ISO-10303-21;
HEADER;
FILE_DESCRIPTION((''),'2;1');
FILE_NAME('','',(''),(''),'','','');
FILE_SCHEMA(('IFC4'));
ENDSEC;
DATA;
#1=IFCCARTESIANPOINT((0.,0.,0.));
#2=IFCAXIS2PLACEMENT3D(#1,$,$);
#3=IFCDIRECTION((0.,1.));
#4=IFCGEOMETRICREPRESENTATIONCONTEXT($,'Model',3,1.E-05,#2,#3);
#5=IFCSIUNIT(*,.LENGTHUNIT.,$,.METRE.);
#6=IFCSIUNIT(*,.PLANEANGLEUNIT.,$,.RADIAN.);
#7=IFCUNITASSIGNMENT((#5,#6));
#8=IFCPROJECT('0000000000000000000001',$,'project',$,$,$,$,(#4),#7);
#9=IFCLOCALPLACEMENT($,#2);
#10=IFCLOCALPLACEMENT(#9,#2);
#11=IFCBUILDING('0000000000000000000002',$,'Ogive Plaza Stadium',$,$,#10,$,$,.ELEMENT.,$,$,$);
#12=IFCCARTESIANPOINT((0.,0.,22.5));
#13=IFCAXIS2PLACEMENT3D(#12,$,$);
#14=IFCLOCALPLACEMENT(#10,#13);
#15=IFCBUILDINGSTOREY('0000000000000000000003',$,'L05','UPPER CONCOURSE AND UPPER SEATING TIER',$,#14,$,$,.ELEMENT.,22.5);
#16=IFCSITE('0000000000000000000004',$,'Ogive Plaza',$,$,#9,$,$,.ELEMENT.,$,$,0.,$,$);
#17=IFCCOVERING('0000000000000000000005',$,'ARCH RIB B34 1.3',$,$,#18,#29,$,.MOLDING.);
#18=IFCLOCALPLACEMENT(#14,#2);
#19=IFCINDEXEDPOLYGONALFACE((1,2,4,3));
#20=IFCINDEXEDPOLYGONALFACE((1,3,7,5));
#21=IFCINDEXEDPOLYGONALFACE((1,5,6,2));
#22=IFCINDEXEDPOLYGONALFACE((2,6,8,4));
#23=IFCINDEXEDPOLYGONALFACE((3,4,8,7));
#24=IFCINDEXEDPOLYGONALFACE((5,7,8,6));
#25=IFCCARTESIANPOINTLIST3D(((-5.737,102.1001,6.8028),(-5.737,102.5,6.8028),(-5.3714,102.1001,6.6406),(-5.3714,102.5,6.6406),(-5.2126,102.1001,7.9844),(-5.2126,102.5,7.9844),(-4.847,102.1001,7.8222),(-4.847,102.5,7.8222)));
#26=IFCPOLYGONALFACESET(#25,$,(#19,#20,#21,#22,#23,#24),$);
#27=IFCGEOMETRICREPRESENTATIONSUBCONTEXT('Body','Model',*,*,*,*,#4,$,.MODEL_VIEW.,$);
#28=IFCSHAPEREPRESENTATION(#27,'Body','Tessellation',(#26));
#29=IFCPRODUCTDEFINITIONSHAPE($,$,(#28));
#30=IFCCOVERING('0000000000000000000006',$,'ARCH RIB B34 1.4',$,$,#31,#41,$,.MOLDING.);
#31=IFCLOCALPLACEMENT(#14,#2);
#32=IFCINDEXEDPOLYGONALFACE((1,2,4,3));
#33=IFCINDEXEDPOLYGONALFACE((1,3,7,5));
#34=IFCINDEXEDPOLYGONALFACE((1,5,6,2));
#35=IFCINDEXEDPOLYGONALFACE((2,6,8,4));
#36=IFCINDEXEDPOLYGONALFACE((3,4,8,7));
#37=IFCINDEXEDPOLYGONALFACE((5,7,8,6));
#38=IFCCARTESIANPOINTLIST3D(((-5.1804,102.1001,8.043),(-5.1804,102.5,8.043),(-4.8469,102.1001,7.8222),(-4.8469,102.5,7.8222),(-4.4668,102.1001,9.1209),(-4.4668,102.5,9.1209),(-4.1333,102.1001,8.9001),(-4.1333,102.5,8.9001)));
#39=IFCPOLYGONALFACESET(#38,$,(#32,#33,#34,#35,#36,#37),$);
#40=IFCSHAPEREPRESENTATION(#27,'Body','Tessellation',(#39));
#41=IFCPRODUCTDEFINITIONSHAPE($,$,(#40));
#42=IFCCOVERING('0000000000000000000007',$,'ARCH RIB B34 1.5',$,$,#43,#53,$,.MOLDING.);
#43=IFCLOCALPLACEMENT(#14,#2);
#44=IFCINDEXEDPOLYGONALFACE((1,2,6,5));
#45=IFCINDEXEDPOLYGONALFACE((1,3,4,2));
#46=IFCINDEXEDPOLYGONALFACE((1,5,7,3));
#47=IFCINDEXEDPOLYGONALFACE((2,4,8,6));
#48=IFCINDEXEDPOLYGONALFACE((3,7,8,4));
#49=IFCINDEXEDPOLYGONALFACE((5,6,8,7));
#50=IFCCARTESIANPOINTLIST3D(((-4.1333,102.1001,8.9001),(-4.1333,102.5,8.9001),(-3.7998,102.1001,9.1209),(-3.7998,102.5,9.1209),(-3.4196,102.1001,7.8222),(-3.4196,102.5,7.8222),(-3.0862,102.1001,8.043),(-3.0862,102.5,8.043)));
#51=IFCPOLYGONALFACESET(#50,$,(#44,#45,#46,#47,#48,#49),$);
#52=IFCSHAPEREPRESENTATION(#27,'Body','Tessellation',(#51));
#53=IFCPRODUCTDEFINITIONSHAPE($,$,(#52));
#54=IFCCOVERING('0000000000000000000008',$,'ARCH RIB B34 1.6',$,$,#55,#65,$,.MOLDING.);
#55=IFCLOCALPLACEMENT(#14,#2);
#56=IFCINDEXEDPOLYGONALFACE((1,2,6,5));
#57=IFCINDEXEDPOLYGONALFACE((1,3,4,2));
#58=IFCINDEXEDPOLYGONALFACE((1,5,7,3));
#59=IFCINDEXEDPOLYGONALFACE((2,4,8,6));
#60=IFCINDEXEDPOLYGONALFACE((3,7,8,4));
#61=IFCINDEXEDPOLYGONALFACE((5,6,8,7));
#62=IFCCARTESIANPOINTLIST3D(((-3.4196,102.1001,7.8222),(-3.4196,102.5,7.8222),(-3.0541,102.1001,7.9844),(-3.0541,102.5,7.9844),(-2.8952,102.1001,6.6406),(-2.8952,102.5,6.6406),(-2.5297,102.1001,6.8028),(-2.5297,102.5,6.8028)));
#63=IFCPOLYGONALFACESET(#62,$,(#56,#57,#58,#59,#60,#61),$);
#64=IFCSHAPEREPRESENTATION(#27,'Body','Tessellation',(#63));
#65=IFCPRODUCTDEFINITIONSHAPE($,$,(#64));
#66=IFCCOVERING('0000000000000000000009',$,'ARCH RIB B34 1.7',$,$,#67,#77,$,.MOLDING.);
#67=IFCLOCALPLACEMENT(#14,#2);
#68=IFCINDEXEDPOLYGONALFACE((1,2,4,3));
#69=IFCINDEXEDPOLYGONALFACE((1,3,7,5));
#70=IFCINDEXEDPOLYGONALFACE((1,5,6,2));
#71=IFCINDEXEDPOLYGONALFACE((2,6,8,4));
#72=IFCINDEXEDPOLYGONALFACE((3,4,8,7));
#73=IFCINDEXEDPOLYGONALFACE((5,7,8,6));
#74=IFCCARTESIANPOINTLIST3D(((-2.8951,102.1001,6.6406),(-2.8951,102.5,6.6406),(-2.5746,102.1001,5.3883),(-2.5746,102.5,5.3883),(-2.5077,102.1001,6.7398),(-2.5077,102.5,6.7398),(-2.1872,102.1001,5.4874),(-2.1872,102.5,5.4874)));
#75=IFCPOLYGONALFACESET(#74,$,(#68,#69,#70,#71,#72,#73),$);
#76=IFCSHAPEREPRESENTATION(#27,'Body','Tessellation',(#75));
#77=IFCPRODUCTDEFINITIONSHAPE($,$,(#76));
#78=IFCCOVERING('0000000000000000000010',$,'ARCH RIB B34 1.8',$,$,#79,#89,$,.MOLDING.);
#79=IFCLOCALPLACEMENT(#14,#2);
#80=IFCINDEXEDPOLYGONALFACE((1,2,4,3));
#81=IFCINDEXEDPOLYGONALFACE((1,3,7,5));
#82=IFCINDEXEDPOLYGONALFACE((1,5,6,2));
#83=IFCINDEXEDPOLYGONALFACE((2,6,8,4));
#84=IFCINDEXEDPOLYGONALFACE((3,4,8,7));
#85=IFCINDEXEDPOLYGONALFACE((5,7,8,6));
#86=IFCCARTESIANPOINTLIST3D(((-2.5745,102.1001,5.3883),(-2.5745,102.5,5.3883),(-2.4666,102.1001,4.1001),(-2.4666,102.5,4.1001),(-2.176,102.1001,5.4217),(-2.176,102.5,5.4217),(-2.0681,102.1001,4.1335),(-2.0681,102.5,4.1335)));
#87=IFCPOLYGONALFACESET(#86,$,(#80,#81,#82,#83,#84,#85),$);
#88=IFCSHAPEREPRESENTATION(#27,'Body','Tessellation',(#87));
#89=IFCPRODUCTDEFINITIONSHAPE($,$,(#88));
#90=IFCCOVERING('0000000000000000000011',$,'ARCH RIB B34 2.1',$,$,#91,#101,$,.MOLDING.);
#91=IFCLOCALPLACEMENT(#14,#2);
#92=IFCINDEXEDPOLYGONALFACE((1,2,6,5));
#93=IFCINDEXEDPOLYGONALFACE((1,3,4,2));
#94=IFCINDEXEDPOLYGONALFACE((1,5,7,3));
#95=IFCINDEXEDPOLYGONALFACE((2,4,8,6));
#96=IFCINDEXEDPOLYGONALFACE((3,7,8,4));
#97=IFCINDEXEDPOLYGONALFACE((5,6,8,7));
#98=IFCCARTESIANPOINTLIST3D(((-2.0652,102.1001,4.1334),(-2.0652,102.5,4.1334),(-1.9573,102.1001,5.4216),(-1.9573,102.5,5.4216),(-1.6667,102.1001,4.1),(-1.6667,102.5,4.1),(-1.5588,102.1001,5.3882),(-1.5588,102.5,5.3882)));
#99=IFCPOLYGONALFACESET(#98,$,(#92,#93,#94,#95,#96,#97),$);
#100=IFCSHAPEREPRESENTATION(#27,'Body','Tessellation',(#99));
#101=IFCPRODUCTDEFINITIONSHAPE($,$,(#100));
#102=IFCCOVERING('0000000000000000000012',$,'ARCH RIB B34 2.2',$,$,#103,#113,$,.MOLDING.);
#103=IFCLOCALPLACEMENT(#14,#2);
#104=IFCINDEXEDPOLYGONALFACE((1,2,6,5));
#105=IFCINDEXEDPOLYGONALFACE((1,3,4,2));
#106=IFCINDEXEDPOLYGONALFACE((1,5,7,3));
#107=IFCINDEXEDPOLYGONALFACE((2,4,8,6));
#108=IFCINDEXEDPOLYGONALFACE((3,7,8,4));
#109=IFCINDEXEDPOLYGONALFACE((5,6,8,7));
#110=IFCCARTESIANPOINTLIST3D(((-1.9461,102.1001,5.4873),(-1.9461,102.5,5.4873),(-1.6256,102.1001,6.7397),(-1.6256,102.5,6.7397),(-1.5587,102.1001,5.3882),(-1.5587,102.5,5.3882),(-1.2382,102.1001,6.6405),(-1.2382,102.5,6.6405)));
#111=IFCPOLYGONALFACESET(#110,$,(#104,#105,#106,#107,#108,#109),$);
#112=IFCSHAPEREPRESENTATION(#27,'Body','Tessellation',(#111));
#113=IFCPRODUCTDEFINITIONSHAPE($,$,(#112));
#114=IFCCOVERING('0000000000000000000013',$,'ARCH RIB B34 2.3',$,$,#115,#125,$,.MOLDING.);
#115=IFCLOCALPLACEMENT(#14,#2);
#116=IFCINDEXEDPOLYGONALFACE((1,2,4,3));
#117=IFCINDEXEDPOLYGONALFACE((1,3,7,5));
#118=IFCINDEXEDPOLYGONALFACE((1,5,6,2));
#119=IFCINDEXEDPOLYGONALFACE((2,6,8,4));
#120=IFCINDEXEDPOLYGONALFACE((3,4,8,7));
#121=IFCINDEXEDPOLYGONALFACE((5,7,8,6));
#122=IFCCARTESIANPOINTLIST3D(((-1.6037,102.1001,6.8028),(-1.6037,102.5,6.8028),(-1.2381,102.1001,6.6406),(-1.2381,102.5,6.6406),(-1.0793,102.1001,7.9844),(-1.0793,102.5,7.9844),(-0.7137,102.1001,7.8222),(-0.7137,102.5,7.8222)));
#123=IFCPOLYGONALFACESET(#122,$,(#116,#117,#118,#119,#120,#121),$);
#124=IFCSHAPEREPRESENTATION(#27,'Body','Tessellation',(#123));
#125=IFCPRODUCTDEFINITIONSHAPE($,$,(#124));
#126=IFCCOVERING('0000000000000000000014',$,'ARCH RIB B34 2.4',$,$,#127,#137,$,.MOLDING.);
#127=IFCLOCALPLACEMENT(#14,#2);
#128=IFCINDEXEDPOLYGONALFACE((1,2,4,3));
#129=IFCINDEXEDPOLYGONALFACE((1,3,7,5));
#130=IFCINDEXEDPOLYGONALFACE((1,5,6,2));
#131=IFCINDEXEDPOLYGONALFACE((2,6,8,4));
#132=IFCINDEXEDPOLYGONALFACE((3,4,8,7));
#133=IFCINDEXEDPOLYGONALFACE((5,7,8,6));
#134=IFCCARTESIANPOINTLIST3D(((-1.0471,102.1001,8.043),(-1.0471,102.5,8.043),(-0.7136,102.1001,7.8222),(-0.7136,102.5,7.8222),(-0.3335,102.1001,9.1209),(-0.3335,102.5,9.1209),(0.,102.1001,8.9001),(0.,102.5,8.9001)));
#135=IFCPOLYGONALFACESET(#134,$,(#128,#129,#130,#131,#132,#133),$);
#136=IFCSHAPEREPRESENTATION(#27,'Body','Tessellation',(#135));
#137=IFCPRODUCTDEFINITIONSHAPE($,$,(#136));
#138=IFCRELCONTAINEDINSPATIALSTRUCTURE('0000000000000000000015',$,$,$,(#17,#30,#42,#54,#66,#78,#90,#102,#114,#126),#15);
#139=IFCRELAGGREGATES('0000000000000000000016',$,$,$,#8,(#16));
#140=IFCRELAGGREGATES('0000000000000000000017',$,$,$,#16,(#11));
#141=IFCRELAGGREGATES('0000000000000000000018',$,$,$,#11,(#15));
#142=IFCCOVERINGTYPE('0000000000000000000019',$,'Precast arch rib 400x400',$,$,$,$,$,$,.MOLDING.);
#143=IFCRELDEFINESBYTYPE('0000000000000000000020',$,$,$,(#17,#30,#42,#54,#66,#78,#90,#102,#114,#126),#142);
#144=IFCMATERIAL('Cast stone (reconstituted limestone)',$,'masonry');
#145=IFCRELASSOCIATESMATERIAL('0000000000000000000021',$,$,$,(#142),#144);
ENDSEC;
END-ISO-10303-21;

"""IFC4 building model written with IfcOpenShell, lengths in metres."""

from ifc_helpers import new_model, si_unit, direction, frame, origin, origin_2d, place, context, subcontext, project, spatial, rectangle, extrude, material, material_profile, profile_set, type_object, element, save


model = new_model("IFC4")

# Units and contexts
model_context = context("Model", 3, precision=1e-05, world=origin(), true_north=direction((0.0, 1.0)))
body_context = subcontext(model_context, "Body", "Model", "MODEL_VIEW")
ifc_project = project(units=[si_unit("LENGTHUNIT", "METRE"), si_unit("PLANEANGLEUNIT", "RADIAN")], contexts=[model_context])

# Site, building, storey
site_placement = place(None, origin())
site = spatial("IfcSite", under=ifc_project, at=site_placement, Name="Ogive Plaza", CompositionType="ELEMENT", RefElevation=0.0)
building_placement = place(site_placement, origin())
building = spatial("IfcBuilding", under=site, at=building_placement, Name="Ogive Plaza Stadium", CompositionType="ELEMENT")
storey_placement = place(building_placement, frame((0.0, 0.0, 22.5)))
storey = spatial("IfcBuildingStorey", under=building, at=storey_placement, Name="L05", Description="UPPER CONCOURSE AND UPPER SEATING TIER", CompositionType="ELEMENT", Elevation=22.5)

# Coverings
ifc_material_1 = material(Name="Cast stone (reconstituted limestone)", Category="masonry")
ifc_material_profile_1 = material_profile(ifc_material_1, rectangle(XDim=0.3999, YDim=0.3999, at=origin_2d()), Name="Cast stone 400x400")
ifc_profile_set_1 = profile_set([ifc_material_profile_1], Name="Cast stone (reconstituted limestone)")
covering_type = type_object("IfcCoveringType", Name="Precast arch rib 400x400", PredefinedType="MOLDING", material=ifc_profile_set_1)
for number, where, z_axis, x_axis, name in (
    (1, (-5.5542, 102.3, 6.7217), (0.405648, 0.0, 0.914029), (0.0, 1.0, 0.0), "ARCH RIB B34 1.3"),
    (2, (-5.0137, 102.3, 7.9326), (0.552039, 0.0, 0.833818), (0.0, 1.0, 0.0), "ARCH RIB B34 1.4"),
    (3, (-3.9666, 102.3, 9.0105), (0.552039, 0.0, -0.833818), (0.0, 1.0, 0.0), "ARCH RIB B34 1.5"),
    (4, (-3.2368, 102.3, 7.9033), (0.405648, 0.0, -0.914029), (0.0, 1.0, 0.0), "ARCH RIB B34 1.6"),
    (5, (-2.7014, 102.3, 6.6902), (0.247953, 0.0, -0.968772), (0.0, 1.0, 0.0), "ARCH RIB B34 1.7"),
    (6, (-2.3752, 102.3, 5.405), (0.083467, 0.0, -0.996511), (0.0, 1.0, 0.0), "ARCH RIB B34 1.8"),
    (7, (-1.866, 102.3, 4.1167), (0.083467, 0.0, 0.996511), (0.0, 1.0, 0.0), "ARCH RIB B34 2.1"),
    (8, (-1.7524, 102.3, 5.4377), (0.247953, 0.0, 0.968772), (0.0, 1.0, 0.0), "ARCH RIB B34 2.2"),
    (9, (-1.4209, 102.3, 6.7217), (0.405648, 0.0, 0.914029), (0.0, 1.0, 0.0), "ARCH RIB B34 2.3"),
    (10, (-0.8804, 102.3, 7.9326), (0.552039, 0.0, 0.833818), (0.0, 1.0, 0.0), "ARCH RIB B34 2.4"),
):
    element("IfcCovering", number, at=place(storey_placement, frame(where, z_axis=z_axis, x_axis=x_axis)), inside=storey, type_object=covering_type, Name=name, PredefinedType="MOLDING", context=body_context, shape_type="SweptSolid", body=[
        extrude(rectangle(XDim=0.3999, YDim=0.3999, at=origin_2d()), origin(), (0.0, 0.0, 1.0), 1.2927),
    ])

save(model, "model.ifc")
